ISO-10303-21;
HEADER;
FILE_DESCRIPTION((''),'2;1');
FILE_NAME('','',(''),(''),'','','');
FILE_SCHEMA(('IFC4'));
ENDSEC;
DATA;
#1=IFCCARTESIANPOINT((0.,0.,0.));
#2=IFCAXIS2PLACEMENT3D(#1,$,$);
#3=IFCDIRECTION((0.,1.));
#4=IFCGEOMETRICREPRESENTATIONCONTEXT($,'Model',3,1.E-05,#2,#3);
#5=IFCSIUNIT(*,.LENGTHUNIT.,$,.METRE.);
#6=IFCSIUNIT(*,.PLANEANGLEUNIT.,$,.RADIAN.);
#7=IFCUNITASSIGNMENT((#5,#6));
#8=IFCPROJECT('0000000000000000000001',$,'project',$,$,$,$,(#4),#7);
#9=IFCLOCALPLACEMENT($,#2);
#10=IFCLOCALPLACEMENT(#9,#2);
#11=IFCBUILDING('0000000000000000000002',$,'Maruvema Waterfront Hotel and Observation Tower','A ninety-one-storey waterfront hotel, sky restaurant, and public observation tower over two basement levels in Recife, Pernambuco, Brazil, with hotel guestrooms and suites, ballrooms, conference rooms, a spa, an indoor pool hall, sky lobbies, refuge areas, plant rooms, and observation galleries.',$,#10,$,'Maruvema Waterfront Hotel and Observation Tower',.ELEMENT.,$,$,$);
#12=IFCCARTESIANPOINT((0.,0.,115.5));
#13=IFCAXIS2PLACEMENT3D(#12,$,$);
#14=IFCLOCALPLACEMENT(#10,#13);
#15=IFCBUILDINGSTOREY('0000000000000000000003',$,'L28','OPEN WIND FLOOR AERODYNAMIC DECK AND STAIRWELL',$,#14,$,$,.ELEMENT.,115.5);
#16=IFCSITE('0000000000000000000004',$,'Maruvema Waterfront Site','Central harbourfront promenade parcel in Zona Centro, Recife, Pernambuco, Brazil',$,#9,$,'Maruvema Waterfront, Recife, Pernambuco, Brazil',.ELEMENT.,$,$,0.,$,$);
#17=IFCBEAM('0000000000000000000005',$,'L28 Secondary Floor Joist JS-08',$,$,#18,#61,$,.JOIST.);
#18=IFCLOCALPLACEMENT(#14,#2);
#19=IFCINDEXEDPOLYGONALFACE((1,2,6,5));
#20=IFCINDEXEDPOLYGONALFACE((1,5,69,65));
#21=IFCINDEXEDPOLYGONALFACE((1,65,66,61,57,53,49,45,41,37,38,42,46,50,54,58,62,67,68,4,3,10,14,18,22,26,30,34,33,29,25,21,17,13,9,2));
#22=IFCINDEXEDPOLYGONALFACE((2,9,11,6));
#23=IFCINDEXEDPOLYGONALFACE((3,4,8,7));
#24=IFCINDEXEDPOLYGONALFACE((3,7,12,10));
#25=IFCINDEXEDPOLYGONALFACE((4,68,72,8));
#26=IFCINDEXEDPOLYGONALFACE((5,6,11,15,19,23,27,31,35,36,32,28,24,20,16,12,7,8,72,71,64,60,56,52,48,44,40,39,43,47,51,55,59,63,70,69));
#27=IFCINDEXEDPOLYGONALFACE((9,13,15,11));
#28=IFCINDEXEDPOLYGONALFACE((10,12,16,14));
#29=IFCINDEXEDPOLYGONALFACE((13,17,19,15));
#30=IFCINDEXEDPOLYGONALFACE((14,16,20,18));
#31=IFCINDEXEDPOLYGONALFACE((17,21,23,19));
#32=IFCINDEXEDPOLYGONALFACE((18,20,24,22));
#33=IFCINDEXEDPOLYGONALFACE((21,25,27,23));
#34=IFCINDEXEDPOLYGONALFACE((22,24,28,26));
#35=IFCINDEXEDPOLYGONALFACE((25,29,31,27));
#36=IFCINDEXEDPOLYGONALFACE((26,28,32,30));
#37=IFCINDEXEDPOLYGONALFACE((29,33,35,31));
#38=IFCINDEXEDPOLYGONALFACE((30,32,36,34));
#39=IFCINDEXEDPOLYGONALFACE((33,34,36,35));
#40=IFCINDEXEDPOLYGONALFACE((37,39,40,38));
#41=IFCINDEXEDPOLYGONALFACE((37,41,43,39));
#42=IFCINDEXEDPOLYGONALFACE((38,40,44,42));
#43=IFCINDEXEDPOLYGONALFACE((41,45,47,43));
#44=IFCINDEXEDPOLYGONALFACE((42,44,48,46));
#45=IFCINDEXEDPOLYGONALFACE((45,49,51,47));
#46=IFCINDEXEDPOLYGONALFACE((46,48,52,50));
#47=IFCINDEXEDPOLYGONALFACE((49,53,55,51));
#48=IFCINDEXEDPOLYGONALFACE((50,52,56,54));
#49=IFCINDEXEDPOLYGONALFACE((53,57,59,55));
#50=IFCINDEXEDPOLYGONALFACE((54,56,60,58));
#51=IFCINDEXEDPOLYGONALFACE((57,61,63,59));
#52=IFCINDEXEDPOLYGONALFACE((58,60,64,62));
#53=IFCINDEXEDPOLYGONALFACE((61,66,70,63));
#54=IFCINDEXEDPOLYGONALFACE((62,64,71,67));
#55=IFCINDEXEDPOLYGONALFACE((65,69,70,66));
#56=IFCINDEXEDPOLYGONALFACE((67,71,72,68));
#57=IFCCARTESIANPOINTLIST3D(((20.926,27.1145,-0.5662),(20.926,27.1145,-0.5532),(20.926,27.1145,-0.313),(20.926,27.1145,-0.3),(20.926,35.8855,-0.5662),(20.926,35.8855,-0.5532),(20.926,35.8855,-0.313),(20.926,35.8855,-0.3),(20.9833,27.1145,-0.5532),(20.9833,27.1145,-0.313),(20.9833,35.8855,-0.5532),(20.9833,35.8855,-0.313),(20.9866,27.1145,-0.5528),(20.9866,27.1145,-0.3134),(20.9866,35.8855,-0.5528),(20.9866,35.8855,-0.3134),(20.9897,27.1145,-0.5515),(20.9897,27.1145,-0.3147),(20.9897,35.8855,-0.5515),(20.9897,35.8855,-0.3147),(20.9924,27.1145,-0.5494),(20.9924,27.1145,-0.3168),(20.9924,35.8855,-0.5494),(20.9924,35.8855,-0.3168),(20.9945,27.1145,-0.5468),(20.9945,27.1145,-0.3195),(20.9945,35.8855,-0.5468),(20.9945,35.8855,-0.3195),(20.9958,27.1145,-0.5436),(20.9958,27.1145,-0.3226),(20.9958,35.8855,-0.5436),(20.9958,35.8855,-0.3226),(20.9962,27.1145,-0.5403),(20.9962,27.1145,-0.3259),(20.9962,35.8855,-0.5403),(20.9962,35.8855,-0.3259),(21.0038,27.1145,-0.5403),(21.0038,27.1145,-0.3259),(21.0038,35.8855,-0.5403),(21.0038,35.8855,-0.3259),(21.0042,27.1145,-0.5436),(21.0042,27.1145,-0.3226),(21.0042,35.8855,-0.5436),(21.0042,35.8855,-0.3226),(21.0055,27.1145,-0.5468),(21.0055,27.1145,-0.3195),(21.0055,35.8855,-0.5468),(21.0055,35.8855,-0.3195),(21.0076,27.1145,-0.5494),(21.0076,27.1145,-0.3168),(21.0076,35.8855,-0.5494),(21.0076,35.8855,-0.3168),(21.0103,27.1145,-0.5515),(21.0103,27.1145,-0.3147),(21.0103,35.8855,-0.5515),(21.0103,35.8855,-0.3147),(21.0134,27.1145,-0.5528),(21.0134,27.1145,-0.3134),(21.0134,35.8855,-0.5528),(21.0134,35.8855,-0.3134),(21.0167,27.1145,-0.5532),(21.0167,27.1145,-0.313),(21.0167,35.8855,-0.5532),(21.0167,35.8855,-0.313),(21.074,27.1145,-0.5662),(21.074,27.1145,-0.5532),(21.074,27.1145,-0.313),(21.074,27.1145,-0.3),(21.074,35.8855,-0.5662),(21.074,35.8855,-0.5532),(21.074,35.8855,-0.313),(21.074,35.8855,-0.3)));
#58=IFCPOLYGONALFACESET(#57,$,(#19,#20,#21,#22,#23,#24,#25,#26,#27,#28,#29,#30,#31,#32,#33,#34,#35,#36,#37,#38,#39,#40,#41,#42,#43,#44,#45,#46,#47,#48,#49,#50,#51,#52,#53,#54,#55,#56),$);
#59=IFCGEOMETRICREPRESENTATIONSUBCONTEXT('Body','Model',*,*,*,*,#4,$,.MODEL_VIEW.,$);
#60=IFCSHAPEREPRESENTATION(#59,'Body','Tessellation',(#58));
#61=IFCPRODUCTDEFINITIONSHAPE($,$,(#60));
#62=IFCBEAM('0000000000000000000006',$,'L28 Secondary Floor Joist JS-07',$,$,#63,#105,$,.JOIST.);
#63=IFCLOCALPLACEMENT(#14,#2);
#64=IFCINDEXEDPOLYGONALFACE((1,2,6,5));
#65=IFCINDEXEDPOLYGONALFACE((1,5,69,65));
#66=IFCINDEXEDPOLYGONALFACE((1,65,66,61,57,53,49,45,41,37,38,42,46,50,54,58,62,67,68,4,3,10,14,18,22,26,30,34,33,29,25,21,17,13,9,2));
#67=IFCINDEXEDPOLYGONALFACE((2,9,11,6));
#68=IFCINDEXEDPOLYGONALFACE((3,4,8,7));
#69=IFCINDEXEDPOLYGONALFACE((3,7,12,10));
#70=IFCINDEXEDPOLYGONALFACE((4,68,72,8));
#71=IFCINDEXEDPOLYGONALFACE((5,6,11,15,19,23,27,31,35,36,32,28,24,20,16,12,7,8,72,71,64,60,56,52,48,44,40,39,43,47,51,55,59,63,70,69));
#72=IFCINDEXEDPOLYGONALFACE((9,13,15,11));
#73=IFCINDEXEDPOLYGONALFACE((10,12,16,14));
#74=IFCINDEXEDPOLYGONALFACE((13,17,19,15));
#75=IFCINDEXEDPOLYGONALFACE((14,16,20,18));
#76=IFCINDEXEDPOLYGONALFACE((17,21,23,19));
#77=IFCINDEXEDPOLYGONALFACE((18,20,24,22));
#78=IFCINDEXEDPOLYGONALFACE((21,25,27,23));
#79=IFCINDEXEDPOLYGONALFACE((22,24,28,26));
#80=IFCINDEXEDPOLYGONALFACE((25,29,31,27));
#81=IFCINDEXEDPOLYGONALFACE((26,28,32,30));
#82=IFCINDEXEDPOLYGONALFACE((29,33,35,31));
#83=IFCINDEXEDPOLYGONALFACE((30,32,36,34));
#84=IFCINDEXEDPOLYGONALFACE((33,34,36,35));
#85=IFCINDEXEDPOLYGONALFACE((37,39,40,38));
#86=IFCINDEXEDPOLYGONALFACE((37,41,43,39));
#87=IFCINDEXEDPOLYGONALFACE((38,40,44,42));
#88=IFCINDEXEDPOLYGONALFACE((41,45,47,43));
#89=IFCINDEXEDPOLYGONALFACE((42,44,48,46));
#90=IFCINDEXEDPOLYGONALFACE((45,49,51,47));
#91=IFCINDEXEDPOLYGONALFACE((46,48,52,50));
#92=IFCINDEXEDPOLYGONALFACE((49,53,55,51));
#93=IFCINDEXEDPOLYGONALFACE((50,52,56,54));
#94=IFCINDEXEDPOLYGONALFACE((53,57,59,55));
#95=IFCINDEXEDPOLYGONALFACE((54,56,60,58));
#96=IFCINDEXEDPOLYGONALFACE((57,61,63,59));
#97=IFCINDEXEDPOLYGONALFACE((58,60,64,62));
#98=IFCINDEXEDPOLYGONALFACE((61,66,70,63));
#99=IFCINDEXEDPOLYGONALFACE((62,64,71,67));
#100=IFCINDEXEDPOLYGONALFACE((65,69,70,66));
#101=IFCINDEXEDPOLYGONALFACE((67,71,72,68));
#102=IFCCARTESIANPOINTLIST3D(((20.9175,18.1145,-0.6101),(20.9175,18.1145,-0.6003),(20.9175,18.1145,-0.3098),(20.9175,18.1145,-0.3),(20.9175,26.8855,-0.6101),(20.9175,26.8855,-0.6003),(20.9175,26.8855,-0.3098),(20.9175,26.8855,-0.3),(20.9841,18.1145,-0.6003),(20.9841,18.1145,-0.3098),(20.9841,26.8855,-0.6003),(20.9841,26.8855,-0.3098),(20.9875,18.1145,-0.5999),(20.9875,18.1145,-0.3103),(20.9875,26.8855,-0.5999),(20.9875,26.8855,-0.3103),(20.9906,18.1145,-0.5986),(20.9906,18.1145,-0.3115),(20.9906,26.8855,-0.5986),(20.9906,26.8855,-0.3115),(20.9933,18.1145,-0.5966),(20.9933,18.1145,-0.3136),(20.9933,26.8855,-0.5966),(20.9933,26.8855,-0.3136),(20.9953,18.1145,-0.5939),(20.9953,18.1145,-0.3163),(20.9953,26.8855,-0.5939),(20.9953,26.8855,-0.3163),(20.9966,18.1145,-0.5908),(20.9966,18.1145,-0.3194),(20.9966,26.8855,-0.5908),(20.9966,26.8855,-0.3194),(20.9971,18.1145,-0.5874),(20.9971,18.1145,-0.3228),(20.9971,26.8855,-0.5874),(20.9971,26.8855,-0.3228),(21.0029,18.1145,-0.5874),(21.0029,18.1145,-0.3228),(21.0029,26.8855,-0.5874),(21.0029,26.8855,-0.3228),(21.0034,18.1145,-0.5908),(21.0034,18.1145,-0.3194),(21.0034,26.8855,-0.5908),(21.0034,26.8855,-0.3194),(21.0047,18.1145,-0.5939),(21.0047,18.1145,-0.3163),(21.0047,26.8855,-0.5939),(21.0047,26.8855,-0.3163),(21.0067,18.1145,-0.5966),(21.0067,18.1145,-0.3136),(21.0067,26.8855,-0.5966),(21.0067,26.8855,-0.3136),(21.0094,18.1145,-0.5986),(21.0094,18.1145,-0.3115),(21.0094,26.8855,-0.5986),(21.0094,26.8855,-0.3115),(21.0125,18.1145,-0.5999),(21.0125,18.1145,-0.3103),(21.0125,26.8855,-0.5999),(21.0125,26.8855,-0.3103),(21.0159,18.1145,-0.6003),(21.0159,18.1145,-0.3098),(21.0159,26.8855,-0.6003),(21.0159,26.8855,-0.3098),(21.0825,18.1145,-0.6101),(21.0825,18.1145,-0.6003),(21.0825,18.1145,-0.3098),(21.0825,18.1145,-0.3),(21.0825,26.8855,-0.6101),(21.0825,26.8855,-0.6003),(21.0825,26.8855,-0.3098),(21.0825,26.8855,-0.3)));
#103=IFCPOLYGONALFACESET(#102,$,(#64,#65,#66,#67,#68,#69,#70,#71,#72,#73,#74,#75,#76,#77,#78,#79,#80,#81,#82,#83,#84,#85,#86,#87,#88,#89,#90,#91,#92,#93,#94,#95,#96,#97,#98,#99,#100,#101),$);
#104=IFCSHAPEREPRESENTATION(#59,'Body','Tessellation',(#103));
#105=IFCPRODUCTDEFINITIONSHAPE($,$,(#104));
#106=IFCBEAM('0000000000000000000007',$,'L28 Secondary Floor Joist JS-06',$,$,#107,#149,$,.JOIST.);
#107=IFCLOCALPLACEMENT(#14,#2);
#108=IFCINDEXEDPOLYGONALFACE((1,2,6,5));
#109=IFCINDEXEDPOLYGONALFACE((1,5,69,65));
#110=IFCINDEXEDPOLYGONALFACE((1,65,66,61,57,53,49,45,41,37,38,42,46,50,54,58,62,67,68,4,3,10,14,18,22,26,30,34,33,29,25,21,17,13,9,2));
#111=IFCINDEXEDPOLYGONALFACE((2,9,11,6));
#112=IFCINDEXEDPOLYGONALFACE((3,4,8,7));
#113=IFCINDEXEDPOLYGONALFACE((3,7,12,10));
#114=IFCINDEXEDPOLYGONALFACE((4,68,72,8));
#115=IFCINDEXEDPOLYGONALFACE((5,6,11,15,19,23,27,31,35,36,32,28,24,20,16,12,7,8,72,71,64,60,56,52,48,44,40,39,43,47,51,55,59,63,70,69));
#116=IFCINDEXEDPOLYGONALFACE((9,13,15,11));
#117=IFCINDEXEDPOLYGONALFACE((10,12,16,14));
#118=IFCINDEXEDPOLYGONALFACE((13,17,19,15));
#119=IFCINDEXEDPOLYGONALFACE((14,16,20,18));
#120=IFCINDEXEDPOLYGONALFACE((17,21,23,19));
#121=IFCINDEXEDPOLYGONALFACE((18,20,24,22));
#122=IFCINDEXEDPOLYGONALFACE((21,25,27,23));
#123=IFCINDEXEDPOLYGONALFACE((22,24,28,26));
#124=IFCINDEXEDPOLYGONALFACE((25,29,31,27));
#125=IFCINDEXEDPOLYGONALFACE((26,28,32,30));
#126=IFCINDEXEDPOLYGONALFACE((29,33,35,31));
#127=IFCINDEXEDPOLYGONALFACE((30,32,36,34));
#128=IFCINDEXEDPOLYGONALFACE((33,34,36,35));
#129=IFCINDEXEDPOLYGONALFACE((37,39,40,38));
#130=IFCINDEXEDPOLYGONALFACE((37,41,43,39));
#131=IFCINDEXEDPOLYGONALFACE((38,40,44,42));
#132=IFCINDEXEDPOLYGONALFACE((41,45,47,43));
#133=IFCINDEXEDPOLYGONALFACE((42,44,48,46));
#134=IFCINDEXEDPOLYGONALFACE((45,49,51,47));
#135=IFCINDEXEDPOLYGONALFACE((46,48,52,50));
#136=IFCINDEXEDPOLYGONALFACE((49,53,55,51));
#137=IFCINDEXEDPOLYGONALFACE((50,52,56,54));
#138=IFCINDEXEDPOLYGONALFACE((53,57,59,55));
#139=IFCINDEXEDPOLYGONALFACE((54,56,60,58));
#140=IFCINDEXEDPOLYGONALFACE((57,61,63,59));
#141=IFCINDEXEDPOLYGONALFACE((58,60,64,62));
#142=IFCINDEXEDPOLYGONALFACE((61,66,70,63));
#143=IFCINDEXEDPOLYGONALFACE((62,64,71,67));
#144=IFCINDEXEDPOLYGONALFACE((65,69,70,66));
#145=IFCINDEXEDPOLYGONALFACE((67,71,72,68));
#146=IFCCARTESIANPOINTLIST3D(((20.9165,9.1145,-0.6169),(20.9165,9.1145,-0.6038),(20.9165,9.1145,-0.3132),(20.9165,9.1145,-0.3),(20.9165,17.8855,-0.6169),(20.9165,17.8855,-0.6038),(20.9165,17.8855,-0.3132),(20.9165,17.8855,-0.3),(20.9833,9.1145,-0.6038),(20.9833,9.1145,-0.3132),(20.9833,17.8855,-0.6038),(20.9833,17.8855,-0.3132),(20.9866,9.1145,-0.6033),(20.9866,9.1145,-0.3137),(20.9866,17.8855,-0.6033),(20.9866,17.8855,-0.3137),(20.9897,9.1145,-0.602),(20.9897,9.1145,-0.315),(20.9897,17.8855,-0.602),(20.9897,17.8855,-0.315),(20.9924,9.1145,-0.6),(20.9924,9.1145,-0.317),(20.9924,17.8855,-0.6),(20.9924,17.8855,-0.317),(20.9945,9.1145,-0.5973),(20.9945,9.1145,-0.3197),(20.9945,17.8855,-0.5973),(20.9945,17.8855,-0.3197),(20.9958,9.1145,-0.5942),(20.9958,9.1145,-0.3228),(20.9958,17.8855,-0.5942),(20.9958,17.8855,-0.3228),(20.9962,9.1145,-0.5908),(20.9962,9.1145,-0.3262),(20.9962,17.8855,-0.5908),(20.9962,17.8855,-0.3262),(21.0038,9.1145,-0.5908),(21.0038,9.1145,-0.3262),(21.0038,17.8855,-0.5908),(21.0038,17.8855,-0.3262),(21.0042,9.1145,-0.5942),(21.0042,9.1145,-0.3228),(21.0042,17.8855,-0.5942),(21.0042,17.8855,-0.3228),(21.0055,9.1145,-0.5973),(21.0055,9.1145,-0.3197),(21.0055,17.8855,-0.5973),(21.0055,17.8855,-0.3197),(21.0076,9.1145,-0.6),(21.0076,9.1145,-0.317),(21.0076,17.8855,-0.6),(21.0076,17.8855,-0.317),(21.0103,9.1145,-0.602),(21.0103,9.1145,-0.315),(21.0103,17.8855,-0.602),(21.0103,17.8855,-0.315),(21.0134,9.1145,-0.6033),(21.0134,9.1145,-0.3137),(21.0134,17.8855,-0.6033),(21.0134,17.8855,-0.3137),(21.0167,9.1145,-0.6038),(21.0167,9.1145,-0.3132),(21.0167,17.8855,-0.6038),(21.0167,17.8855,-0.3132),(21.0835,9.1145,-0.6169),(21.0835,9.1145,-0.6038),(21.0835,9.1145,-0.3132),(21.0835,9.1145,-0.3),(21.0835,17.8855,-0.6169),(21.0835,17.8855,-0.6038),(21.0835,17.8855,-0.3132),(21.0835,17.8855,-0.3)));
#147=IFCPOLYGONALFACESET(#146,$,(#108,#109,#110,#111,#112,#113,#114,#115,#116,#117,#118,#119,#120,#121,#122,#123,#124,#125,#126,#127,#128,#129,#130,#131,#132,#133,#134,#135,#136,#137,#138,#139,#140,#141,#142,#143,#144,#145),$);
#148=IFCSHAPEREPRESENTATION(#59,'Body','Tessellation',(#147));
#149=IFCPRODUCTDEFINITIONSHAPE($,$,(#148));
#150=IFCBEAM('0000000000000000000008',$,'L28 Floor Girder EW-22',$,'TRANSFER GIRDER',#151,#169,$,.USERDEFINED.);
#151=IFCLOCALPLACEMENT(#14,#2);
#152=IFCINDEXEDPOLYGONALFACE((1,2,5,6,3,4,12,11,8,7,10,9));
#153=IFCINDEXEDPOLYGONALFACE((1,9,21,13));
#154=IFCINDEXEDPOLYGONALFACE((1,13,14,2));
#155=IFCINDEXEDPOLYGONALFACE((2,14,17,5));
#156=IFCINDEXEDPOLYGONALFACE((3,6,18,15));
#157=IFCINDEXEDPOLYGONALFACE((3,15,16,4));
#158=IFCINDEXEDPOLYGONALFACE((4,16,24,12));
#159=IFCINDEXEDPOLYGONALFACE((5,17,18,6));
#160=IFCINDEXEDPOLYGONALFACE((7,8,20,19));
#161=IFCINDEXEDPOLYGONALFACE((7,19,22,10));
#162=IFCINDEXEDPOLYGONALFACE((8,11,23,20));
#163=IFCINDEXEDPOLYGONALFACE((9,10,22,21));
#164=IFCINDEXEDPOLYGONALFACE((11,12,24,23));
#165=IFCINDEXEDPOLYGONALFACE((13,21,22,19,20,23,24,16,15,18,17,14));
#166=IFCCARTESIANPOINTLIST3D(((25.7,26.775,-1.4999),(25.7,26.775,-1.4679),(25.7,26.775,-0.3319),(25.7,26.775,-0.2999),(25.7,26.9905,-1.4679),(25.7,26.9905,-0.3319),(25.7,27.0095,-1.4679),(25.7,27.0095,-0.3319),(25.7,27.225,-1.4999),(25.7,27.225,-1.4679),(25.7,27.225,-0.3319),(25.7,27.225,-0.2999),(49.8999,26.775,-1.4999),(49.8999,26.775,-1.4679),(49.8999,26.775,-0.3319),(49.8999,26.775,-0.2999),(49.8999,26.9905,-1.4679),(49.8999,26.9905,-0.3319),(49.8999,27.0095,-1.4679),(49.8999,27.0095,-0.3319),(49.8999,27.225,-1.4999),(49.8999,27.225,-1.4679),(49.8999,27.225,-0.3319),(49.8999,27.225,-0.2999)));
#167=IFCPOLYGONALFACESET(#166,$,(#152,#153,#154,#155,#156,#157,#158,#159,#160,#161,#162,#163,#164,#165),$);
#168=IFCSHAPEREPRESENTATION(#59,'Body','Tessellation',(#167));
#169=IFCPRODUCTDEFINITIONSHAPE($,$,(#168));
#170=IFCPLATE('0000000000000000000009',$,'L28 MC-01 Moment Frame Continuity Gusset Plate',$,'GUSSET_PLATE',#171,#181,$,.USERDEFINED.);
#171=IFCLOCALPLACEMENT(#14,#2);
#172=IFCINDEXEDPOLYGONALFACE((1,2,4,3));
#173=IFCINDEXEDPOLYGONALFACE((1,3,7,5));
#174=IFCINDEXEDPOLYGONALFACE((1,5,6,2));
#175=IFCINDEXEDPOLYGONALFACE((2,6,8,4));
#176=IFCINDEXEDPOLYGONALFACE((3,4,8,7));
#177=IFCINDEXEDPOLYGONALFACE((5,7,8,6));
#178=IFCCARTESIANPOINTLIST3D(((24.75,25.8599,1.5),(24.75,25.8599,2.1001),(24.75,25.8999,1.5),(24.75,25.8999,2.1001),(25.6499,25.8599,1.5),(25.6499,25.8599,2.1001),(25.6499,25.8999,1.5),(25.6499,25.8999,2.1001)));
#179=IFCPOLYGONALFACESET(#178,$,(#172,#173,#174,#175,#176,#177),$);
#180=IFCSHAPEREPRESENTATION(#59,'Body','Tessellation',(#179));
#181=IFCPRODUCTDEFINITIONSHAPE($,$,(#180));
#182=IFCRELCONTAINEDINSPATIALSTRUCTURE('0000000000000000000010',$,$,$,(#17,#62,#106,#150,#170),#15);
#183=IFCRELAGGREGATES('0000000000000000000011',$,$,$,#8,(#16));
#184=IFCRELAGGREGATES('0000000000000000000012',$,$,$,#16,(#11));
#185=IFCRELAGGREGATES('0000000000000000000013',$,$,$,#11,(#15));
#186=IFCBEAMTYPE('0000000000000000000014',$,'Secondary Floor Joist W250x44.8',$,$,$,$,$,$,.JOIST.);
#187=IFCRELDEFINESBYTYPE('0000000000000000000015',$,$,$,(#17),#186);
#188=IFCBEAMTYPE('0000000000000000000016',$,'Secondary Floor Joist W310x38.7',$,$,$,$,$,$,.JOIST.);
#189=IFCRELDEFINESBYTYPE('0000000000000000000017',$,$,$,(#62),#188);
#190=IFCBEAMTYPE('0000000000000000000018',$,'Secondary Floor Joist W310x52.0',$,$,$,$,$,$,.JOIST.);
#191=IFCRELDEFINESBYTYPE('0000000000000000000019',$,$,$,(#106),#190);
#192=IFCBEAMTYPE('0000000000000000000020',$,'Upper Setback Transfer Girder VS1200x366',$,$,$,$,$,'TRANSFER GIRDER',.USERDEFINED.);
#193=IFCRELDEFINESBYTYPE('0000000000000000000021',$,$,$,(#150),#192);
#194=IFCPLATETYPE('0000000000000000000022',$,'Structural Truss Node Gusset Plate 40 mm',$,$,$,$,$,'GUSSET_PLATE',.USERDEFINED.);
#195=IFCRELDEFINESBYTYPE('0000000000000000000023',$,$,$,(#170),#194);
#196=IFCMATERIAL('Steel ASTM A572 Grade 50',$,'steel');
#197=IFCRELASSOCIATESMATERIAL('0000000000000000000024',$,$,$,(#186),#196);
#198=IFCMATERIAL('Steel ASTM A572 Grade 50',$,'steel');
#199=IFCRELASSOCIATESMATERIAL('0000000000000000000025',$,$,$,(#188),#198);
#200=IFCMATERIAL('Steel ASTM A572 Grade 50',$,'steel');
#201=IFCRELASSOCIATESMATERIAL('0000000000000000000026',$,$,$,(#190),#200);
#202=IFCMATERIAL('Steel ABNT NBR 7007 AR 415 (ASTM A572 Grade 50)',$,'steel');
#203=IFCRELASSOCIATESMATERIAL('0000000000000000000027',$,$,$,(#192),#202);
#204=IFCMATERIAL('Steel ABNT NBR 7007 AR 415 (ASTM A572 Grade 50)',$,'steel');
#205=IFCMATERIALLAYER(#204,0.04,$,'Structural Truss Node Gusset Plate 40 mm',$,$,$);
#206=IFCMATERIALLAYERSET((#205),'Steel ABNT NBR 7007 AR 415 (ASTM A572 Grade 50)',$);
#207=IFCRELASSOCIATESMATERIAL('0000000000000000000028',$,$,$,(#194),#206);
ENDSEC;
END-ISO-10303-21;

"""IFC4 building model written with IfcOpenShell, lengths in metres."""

from ifc_helpers import new_model, si_unit, direction, frame, origin, origin_2d, place, context, subcontext, project, spatial, rectangle, i_section, extrude, material, layer, layer_set, material_profile, profile_set, type_object, element, save


model = new_model("IFC4")

# Units and contexts
model_context = context("Model", 3, precision=1e-05, world=origin(), true_north=direction((0.0, 1.0)))
body_context = subcontext(model_context, "Body", "Model", "MODEL_VIEW")
ifc_project = project(units=[si_unit("LENGTHUNIT", "METRE"), si_unit("PLANEANGLEUNIT", "RADIAN")], contexts=[model_context])

# Site, building, storey
site_placement = place(None, origin())
site = spatial("IfcSite", under=ifc_project, at=site_placement, Name="Maruvema Waterfront Site", Description="Central harbourfront promenade parcel in Zona Centro, Recife, Pernambuco, Brazil", LongName="Maruvema Waterfront, Recife, Pernambuco, Brazil", CompositionType="ELEMENT", RefElevation=0.0)
building_placement = place(site_placement, origin())
building = spatial("IfcBuilding", under=site, at=building_placement, Name="Maruvema Waterfront Hotel and Observation Tower", Description="A ninety-one-storey waterfront hotel, sky restaurant, and public observation tower over two basement levels in Recife, Pernambuco, Brazil, with hotel guestrooms and suites, ballrooms, conference rooms, a spa, an indoor pool hall, sky lobbies, refuge areas, plant rooms, and observation galleries.", LongName="Maruvema Waterfront Hotel and Observation Tower", CompositionType="ELEMENT")
storey_placement = place(building_placement, frame((0.0, 0.0, 115.5)))
storey = spatial("IfcBuildingStorey", under=building, at=storey_placement, Name="L28", Description="OPEN WIND FLOOR AERODYNAMIC DECK AND STAIRWELL", CompositionType="ELEMENT", Elevation=115.5)

# Beams
ifc_material_1 = material(Name="Steel ASTM A572 Grade 50", Category="steel")
ifc_material_profile_1 = material_profile(ifc_material_1, i_section(OverallWidth=0.1479, OverallDepth=0.2661, WebThickness=0.0076, FlangeThickness=0.0129, FilletRadius=0.0129, at=origin_2d()), Name="W250x44.8")
ifc_profile_set_1 = profile_set([ifc_material_profile_1], Name="Steel ASTM A572 Grade 50")
beam_type_1 = type_object("IfcBeamType", Name="Secondary Floor Joist W250x44.8", PredefinedType="JOIST", material=ifc_profile_set_1)
beam_1_placement = place(storey_placement, frame((21.0, 27.1145, -0.4331), z_axis=(0.0, 1.0, 0.0), x_axis=(-1.0, 0.0, 0.0)))
element("IfcBeam", 1, at=beam_1_placement, inside=storey, type_object=beam_type_1, Name="L28 Secondary Floor Joist JS-08", PredefinedType="JOIST", context=body_context, shape_type="SweptSolid", body=[
    extrude(i_section(OverallWidth=0.1479, OverallDepth=0.2661, WebThickness=0.0076, FlangeThickness=0.0129, FilletRadius=0.0129, at=origin_2d()), origin(), (0.0, 0.0, 1.0), 8.771),
])
ifc_material_2 = material(Name="Steel ASTM A572 Grade 50", Category="steel")
ifc_material_profile_2 = material_profile(ifc_material_2, i_section(OverallWidth=0.165, OverallDepth=0.3101, WebThickness=0.0059, FlangeThickness=0.0098, FilletRadius=0.0129, at=origin_2d()), Name="W310x38.7")
ifc_profile_set_2 = profile_set([ifc_material_profile_2], Name="Steel ASTM A572 Grade 50")
beam_type_2 = type_object("IfcBeamType", Name="Secondary Floor Joist W310x38.7", PredefinedType="JOIST", material=ifc_profile_set_2)
beam_2_placement = place(storey_placement, frame((21.0, 18.1145, -0.4551), z_axis=(0.0, 1.0, 0.0), x_axis=(-1.0, 0.0, 0.0)))
element("IfcBeam", 2, at=beam_2_placement, inside=storey, type_object=beam_type_2, Name="L28 Secondary Floor Joist JS-07", PredefinedType="JOIST", context=body_context, shape_type="SweptSolid", body=[
    extrude(i_section(OverallWidth=0.165, OverallDepth=0.3101, WebThickness=0.0059, FlangeThickness=0.0098, FilletRadius=0.0129, at=origin_2d()), origin(), (0.0, 0.0, 1.0), 8.771),
])
ifc_material_3 = material(Name="Steel ASTM A572 Grade 50", Category="steel")
ifc_material_profile_3 = material_profile(ifc_material_3, i_section(OverallWidth=0.167, OverallDepth=0.3169, WebThickness=0.0076, FlangeThickness=0.0132, FilletRadius=0.0129, at=origin_2d()), Name="W310x52.0")
ifc_profile_set_3 = profile_set([ifc_material_profile_3], Name="Steel ASTM A572 Grade 50")
beam_type_3 = type_object("IfcBeamType", Name="Secondary Floor Joist W310x52.0", PredefinedType="JOIST", material=ifc_profile_set_3)
beam_3_placement = place(storey_placement, frame((21.0, 9.1145, -0.4585), z_axis=(0.0, 1.0, 0.0), x_axis=(-1.0, 0.0, 0.0)))
element("IfcBeam", 3, at=beam_3_placement, inside=storey, type_object=beam_type_3, Name="L28 Secondary Floor Joist JS-06", PredefinedType="JOIST", context=body_context, shape_type="SweptSolid", body=[
    extrude(i_section(OverallWidth=0.167, OverallDepth=0.3169, WebThickness=0.0076, FlangeThickness=0.0132, FilletRadius=0.0129, at=origin_2d()), origin(), (0.0, 0.0, 1.0), 8.771),
])
ifc_material_4 = material(Name="Steel ABNT NBR 7007 AR 415 (ASTM A572 Grade 50)", Category="steel")
ifc_material_profile_4 = material_profile(ifc_material_4, i_section(OverallWidth=0.45, OverallDepth=1.2, WebThickness=0.019, FlangeThickness=0.032, at=origin_2d()), Name="VS1200x366")
ifc_profile_set_4 = profile_set([ifc_material_profile_4], Name="Steel ABNT NBR 7007 AR 415 (ASTM A572 Grade 50)")
beam_type_4 = type_object("IfcBeamType", Name="Upper Setback Transfer Girder VS1200x366", ElementType="TRANSFER GIRDER", PredefinedType="USERDEFINED", material=ifc_profile_set_4)
beam_4_placement = place(storey_placement, frame((25.7, 27.0, -0.8999), z_axis=(1.0, 0.0, 0.0), x_axis=(0.0, 1.0, 0.0)))
element("IfcBeam", 4, at=beam_4_placement, inside=storey, type_object=beam_type_4, Name="L28 Floor Girder EW-22", ObjectType="TRANSFER GIRDER", PredefinedType="USERDEFINED", context=body_context, shape_type="SweptSolid", body=[
    extrude(i_section(OverallWidth=0.45, OverallDepth=1.2, WebThickness=0.019, FlangeThickness=0.032, at=origin_2d()), origin(), (0.0, 0.0, 1.0), 24.2),
])

# Plate
ifc_material_5 = material(Name="Steel ABNT NBR 7007 AR 415 (ASTM A572 Grade 50)", Category="steel")
ifc_layer_1 = layer(ifc_material_5, 0.04, Name="Structural Truss Node Gusset Plate 40 mm")
ifc_layer_set_1 = layer_set([ifc_layer_1], Name="Steel ABNT NBR 7007 AR 415 (ASTM A572 Grade 50)")
plate_type = type_object("IfcPlateType", Name="Structural Truss Node Gusset Plate 40 mm", ElementType="GUSSET_PLATE", PredefinedType="USERDEFINED", material=ifc_layer_set_1)
plate_placement = place(storey_placement, frame((25.2, 25.8799, 1.5), z_axis=(0.0, 0.0, 1.0), x_axis=(1.0, 0.0, 0.0)))
element("IfcPlate", 5, at=plate_placement, inside=storey, type_object=plate_type, Name="L28 MC-01 Moment Frame Continuity Gusset Plate", ObjectType="GUSSET_PLATE", PredefinedType="USERDEFINED", context=body_context, shape_type="SweptSolid", body=[
    extrude(rectangle(XDim=0.8999, YDim=0.04, at=origin_2d()), origin(), (0.0, 0.0, 1.0), 0.6001),
])

save(model, "model.ifc")
